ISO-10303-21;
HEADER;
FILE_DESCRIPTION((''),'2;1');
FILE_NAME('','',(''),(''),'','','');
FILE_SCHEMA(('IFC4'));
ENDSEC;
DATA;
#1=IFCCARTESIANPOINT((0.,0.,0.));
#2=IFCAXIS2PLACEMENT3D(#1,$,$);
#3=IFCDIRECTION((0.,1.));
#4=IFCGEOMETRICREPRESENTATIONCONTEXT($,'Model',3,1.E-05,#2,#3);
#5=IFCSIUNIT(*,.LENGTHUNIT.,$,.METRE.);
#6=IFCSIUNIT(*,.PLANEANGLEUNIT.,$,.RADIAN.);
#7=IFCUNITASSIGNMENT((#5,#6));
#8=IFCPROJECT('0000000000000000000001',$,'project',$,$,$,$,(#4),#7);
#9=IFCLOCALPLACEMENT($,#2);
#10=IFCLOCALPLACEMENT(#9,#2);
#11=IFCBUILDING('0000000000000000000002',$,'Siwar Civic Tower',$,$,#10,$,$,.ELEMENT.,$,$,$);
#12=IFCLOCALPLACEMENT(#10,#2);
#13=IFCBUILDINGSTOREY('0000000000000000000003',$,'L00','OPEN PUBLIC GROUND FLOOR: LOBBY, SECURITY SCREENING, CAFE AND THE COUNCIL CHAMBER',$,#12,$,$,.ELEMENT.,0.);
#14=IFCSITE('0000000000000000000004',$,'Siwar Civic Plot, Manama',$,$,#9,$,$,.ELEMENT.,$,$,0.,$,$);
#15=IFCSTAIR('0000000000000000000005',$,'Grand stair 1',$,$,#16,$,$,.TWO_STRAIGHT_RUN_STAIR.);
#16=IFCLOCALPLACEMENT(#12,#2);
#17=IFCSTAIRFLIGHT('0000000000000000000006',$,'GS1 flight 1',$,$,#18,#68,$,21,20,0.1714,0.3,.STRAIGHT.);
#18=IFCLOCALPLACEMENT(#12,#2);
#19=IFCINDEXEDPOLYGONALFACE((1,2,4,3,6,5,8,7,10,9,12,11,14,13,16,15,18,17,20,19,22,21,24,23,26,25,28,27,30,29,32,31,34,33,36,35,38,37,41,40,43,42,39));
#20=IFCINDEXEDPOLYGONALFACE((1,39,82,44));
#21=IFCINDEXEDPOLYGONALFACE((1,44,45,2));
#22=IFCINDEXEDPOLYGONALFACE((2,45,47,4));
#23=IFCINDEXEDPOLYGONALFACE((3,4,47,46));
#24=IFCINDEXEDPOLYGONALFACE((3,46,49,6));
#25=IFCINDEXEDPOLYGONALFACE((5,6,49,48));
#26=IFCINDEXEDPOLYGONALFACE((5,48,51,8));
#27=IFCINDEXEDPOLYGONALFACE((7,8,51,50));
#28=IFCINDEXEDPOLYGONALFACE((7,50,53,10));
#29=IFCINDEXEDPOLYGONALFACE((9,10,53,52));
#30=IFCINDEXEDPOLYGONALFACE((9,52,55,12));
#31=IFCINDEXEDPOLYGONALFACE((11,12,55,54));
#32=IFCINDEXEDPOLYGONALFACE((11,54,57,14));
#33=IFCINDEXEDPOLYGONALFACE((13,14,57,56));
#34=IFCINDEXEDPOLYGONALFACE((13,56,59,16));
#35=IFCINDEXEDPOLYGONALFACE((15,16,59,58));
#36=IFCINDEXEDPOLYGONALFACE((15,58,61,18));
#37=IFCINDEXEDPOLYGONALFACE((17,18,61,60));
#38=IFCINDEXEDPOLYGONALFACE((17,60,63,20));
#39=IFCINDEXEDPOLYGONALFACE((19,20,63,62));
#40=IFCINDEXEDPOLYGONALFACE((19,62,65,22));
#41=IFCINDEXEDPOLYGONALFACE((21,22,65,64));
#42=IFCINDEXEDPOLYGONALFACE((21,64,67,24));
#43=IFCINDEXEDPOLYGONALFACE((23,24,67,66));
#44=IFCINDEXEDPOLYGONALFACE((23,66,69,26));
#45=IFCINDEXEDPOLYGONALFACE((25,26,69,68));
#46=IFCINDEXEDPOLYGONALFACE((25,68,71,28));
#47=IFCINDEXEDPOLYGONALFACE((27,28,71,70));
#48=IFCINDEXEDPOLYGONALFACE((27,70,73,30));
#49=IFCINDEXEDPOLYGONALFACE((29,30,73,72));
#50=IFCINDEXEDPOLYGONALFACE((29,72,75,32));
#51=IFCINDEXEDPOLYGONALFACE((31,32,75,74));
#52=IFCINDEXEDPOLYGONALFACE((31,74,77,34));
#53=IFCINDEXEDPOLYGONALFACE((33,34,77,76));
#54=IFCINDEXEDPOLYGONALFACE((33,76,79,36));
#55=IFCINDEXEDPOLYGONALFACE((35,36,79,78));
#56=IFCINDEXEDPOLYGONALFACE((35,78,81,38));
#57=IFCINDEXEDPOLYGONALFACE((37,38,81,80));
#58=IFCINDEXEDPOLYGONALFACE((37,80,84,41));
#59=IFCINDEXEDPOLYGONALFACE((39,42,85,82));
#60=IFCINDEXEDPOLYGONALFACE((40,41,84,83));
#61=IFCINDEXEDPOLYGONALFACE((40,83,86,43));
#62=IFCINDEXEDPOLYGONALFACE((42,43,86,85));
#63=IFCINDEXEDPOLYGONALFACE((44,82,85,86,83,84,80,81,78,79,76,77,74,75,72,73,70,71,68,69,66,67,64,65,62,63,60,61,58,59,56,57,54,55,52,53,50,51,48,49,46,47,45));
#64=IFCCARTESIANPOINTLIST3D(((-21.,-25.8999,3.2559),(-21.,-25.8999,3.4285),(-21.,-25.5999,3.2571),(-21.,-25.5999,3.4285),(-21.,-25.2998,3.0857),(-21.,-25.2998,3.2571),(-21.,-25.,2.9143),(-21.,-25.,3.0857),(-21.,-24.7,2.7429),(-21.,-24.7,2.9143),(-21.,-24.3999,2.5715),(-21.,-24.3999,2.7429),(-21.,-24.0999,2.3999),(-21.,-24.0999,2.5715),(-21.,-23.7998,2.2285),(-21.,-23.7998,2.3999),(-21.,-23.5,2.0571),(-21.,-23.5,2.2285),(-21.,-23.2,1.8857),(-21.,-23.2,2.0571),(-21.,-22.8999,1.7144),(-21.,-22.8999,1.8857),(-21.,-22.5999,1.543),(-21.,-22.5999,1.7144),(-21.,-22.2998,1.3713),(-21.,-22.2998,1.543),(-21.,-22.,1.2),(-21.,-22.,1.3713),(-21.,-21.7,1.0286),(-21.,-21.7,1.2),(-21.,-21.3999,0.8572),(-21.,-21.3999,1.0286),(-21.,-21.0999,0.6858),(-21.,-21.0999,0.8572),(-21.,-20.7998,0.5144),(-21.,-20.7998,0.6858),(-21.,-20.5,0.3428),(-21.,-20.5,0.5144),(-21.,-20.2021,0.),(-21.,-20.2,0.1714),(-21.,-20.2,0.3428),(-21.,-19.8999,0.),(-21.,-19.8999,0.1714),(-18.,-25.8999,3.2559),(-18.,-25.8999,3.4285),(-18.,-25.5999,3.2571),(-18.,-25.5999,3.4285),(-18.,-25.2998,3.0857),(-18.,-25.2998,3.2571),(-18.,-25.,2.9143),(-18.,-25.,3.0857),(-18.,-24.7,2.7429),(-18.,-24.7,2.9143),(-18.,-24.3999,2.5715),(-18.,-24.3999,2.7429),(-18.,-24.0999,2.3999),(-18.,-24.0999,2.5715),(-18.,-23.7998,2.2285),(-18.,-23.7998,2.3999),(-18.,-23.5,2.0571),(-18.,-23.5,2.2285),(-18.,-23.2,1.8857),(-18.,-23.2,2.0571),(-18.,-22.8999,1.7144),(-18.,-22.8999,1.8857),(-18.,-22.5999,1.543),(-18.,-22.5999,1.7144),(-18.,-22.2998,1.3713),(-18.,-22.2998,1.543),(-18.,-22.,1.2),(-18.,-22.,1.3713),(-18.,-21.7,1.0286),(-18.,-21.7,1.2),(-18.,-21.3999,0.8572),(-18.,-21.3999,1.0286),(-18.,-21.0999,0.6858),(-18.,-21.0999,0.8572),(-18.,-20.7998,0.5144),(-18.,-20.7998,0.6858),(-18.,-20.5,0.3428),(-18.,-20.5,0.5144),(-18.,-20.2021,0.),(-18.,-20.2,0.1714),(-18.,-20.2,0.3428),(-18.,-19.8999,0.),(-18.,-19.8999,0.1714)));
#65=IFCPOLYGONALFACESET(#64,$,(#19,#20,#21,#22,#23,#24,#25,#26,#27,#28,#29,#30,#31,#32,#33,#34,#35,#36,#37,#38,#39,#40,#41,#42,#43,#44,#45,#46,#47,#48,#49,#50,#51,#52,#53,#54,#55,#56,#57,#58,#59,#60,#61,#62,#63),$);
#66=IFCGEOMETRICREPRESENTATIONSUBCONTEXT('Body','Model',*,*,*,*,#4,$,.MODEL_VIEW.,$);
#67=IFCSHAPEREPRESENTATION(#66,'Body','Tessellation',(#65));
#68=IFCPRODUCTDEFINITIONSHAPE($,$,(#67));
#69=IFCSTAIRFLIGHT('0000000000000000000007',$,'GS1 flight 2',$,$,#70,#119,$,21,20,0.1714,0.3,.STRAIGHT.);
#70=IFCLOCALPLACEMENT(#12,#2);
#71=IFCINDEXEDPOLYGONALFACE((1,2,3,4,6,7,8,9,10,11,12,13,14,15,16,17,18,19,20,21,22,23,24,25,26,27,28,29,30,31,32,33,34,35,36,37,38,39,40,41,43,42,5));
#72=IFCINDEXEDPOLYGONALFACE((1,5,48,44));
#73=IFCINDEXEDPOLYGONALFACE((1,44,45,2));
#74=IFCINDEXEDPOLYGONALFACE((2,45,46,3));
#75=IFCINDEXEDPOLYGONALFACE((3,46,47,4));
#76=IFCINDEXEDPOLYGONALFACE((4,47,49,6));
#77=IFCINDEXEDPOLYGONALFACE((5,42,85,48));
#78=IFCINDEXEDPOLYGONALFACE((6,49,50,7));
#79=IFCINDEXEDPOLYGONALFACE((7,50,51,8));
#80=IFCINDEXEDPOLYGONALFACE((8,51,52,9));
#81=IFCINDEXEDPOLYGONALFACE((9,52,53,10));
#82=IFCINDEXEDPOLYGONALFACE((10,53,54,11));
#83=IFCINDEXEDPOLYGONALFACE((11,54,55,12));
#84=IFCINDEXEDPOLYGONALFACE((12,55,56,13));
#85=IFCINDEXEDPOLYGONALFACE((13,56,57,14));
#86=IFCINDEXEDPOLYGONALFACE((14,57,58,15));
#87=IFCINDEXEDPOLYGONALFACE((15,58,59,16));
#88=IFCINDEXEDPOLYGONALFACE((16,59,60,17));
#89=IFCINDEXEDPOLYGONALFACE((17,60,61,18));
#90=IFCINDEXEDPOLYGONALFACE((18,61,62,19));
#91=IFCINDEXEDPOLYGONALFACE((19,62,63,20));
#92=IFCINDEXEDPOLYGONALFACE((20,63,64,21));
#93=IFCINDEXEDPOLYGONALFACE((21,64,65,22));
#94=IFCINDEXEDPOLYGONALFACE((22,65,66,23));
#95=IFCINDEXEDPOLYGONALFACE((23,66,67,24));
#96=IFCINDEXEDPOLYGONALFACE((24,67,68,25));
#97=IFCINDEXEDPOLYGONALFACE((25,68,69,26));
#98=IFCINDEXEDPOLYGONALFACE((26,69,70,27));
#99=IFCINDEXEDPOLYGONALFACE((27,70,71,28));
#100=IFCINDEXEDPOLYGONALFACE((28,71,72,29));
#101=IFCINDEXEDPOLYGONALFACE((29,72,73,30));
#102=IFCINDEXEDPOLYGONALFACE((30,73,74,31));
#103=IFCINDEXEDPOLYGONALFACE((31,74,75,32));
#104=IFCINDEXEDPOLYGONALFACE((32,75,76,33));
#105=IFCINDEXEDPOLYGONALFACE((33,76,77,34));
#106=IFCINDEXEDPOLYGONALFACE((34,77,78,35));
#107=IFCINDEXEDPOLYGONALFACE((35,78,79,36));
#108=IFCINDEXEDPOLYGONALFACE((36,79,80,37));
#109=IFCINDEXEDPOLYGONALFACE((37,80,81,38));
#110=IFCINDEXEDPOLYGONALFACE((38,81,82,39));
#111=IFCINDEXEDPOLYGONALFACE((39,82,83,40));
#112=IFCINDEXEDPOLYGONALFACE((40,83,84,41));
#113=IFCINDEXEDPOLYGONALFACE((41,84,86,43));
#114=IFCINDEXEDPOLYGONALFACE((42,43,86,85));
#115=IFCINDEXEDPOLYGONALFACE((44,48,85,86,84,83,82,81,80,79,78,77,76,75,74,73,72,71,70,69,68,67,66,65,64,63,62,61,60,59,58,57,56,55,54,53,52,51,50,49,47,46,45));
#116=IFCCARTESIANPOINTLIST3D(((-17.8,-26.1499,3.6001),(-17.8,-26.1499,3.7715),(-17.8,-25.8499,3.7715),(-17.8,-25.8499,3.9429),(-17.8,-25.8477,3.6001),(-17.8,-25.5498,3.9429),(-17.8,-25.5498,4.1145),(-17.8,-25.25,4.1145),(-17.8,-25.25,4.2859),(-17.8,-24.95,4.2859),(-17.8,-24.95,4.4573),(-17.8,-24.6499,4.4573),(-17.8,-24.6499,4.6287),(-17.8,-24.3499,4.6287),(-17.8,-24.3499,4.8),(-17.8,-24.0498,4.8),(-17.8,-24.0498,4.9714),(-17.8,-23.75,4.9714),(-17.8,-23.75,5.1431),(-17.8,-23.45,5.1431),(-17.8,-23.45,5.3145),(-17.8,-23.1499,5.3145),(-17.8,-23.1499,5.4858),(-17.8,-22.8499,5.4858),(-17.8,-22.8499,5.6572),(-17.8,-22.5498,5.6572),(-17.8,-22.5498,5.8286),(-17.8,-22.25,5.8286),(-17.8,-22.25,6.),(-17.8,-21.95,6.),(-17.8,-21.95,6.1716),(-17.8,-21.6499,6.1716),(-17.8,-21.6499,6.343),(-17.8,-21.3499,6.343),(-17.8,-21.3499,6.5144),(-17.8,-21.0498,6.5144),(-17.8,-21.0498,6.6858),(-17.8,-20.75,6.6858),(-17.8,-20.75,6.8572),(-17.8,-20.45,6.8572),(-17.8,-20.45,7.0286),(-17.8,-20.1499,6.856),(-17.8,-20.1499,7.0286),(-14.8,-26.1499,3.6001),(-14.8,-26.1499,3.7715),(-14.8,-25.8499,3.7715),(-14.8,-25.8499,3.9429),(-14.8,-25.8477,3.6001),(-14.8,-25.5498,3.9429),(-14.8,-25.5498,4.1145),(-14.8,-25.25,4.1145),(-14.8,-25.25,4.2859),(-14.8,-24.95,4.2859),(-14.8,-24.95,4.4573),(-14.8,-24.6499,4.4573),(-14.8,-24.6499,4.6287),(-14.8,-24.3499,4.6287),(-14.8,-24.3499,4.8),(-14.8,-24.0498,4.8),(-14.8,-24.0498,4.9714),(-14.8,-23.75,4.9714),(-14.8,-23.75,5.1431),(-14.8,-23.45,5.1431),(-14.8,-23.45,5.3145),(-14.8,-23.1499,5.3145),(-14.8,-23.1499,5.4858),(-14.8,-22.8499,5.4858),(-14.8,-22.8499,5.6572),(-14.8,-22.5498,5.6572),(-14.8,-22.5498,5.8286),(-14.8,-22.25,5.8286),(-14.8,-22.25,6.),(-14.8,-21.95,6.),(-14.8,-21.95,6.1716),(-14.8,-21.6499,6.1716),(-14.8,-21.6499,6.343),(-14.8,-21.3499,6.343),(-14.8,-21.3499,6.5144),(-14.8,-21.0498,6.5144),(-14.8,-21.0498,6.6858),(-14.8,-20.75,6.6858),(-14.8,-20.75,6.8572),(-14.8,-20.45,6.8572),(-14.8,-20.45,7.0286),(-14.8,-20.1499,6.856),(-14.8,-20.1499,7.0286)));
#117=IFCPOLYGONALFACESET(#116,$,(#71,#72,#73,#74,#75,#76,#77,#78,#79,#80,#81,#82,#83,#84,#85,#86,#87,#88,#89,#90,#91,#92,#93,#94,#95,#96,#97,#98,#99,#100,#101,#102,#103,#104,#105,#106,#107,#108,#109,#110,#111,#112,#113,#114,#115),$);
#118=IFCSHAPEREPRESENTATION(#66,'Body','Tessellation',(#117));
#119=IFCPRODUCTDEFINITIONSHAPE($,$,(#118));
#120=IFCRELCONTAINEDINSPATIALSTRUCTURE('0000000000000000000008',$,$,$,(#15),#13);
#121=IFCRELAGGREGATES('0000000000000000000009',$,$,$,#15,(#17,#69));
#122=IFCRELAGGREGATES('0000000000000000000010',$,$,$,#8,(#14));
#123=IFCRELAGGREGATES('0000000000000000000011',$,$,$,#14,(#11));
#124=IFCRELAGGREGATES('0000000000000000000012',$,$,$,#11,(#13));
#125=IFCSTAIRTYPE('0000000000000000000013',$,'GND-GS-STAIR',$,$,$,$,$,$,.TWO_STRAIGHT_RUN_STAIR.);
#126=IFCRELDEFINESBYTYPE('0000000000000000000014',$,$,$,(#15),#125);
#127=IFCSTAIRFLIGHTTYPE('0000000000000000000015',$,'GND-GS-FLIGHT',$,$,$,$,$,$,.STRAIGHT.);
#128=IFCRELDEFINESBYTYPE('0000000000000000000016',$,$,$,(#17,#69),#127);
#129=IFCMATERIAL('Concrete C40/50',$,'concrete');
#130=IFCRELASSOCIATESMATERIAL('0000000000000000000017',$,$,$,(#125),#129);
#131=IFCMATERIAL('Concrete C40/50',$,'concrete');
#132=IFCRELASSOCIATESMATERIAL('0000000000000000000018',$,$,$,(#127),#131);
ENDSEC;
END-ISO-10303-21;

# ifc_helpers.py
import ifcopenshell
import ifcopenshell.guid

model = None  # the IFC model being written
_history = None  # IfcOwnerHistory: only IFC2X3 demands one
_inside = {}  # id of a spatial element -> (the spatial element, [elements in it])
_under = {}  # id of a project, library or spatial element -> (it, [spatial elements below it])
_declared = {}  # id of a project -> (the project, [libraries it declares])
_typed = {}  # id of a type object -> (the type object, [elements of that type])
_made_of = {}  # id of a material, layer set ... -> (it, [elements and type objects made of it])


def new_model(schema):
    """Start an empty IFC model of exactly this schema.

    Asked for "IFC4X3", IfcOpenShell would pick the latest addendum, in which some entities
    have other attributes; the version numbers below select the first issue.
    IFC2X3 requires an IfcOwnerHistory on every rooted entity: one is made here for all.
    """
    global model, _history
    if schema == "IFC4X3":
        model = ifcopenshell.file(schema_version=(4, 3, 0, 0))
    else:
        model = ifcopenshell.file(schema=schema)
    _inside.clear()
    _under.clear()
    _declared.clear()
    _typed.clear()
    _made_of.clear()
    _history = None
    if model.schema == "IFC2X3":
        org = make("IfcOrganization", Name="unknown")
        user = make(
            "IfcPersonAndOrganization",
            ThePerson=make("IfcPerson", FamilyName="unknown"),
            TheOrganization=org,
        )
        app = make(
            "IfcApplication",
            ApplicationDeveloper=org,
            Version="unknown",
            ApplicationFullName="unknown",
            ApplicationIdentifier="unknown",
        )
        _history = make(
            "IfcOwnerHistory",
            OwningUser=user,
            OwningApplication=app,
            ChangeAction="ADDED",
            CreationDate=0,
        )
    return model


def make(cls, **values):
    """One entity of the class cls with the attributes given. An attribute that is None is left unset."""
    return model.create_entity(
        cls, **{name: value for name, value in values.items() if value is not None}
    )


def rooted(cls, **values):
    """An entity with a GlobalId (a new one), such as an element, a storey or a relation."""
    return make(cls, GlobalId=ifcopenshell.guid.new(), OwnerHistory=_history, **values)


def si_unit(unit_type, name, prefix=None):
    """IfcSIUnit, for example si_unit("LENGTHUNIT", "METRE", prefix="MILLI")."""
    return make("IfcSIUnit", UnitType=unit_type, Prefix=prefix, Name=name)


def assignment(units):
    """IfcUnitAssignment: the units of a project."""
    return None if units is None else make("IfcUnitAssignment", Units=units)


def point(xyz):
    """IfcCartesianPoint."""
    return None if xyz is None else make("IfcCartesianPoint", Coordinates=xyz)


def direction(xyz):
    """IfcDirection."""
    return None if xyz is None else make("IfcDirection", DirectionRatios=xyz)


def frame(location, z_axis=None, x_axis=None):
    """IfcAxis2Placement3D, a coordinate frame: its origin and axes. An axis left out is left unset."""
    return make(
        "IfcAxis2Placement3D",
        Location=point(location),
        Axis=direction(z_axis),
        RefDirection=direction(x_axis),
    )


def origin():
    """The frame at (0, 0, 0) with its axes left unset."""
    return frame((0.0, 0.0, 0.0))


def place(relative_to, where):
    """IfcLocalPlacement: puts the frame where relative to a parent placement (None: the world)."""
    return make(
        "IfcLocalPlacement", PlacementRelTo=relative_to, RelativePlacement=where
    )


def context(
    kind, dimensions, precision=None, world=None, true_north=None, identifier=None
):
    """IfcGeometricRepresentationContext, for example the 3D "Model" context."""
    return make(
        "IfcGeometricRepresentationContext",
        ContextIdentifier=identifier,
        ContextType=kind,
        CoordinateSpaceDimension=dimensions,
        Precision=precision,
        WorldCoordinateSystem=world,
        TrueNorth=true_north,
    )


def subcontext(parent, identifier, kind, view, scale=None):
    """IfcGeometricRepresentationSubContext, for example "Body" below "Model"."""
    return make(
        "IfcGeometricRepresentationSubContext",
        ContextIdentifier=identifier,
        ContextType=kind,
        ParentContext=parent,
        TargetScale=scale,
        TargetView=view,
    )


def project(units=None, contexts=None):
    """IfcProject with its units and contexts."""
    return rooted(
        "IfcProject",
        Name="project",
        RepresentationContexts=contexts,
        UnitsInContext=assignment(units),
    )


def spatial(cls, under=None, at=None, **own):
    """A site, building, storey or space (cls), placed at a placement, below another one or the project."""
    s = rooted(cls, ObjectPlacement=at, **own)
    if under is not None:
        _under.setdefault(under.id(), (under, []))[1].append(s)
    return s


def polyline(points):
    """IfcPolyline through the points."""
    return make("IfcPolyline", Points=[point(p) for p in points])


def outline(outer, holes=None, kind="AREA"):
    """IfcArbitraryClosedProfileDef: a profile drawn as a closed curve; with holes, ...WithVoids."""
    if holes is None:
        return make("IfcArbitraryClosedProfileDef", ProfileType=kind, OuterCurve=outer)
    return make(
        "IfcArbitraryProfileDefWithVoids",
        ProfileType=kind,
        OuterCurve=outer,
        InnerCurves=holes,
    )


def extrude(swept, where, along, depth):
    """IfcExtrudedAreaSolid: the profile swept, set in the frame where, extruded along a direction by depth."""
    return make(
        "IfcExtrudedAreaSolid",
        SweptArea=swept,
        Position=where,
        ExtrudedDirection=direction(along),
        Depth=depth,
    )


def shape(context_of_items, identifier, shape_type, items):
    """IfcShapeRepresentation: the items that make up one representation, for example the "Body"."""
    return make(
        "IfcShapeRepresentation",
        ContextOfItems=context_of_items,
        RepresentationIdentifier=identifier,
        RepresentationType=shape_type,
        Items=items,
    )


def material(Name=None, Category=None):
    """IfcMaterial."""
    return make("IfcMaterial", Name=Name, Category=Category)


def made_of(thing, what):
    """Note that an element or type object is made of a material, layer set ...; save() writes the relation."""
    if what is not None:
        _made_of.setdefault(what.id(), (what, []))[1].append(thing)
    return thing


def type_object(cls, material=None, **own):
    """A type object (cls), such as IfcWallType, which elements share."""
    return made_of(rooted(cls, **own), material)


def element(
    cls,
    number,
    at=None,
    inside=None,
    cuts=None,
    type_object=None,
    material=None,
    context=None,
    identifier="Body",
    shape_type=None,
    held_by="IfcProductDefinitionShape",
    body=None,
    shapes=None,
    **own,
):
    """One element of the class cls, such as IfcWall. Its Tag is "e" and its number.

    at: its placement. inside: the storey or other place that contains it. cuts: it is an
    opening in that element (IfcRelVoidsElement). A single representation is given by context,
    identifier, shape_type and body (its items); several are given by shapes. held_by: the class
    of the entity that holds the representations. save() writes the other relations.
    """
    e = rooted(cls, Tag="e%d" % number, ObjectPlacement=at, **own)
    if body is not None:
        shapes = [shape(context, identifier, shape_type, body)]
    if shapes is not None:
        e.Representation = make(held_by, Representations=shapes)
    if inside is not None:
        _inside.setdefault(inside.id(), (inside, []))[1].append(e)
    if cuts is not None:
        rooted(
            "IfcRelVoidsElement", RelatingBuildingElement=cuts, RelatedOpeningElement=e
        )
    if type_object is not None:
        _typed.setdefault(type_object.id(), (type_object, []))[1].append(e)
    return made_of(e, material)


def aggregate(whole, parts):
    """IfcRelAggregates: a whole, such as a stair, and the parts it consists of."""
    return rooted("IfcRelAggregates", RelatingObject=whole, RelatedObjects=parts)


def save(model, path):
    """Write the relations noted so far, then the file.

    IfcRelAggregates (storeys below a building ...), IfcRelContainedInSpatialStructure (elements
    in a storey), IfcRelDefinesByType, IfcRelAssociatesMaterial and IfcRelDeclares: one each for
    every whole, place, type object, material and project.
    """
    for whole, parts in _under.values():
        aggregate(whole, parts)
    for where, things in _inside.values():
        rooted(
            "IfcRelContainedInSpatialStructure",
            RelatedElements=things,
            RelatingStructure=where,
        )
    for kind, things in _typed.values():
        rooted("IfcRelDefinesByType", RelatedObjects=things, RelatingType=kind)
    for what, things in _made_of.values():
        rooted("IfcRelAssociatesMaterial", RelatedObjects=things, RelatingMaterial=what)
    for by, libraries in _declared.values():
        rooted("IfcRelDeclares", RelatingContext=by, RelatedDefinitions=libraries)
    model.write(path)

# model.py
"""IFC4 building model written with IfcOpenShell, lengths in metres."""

from ifc_helpers import new_model, si_unit, direction, frame, origin, place, context, subcontext, project, spatial, polyline, outline, extrude, material, type_object, element, aggregate, save


model = new_model("IFC4")

# Units and contexts
model_context = context("Model", 3, precision=1e-05, world=origin(), true_north=direction((0.0, 1.0)))
body_context = subcontext(model_context, "Body", "Model", "MODEL_VIEW")
ifc_project = project(units=[si_unit("LENGTHUNIT", "METRE"), si_unit("PLANEANGLEUNIT", "RADIAN")], contexts=[model_context])

# Site, building, storey
site_placement = place(None, origin())
site = spatial("IfcSite", under=ifc_project, at=site_placement, Name="Siwar Civic Plot, Manama", CompositionType="ELEMENT", RefElevation=0.0)
building_placement = place(site_placement, origin())
building = spatial("IfcBuilding", under=site, at=building_placement, Name="Siwar Civic Tower", CompositionType="ELEMENT")
storey_placement = place(building_placement, origin())
storey = spatial("IfcBuildingStorey", under=building, at=storey_placement, Name="L00", Description="OPEN PUBLIC GROUND FLOOR: LOBBY, SECURITY SCREENING, CAFE AND THE COUNCIL CHAMBER", CompositionType="ELEMENT", Elevation=0.0)

# Stair, stair flights
ifc_material_1 = material(Name="Concrete C40/50", Category="concrete")
stair_type = type_object("IfcStairType", Name="GND-GS-STAIR", PredefinedType="TWO_STRAIGHT_RUN_STAIR", material=ifc_material_1)
stair_placement = place(storey_placement, origin())
stair = element("IfcStair", 1, at=stair_placement, inside=storey, type_object=stair_type, Name="Grand stair 1", PredefinedType="TWO_STRAIGHT_RUN_STAIR")
ifc_material_2 = material(Name="Concrete C40/50", Category="concrete")
stair_flight_type = type_object("IfcStairFlightType", Name="GND-GS-FLIGHT", PredefinedType="STRAIGHT", material=ifc_material_2)
stair_flight_1_placement = place(storey_placement, frame((-19.5, -19.8999, 0.0), z_axis=(0.0, 0.0, 1.0), x_axis=(0.0, -1.0, 0.0)))
stair_flight_1 = element("IfcStairFlight", 2, at=stair_flight_1_placement, type_object=stair_flight_type, Name="GS1 flight 1", NumberOfRisers=21, NumberOfTreads=20, PredefinedType="STRAIGHT", RiserHeight=0.1714, TreadLength=0.3, context=body_context, shape_type="SweptSolid", body=[
    extrude(outline(polyline([(0.0, 0.0), (0.0, 0.1714), (0.3, 0.1714), (0.3, 0.3428), (0.6001, 0.3428), (0.6001, 0.5144), (0.8999, 0.5144), (0.8999, 0.6858), (1.2, 0.6858), (1.2, 0.8572), (1.5, 0.8572), (1.5, 1.0286), (1.8, 1.0286), (1.8, 1.2), (2.1001, 1.2), (2.1001, 1.3713), (2.3999, 1.3713), (2.3999, 1.543), (2.7, 1.543), (2.7, 1.7144), (3.0, 1.7144), (3.0, 1.8857), (3.3, 1.8857), (3.3, 2.0571), (3.6001, 2.0571), (3.6001, 2.2285), (3.8999, 2.2285), (3.8999, 2.3999), (4.2, 2.3999), (4.2, 2.5715), (4.5, 2.5715), (4.5, 2.7429), (4.8, 2.7429), (4.8, 2.9143), (5.1001, 2.9143), (5.1001, 3.0857), (5.3999, 3.0857), (5.3999, 3.2571), (5.7, 3.2571), (5.7, 3.4285), (6.0, 3.4285), (6.0, 3.6001), (6.0, 3.2559), (0.3022, 0.0), (0.0, 0.0)])), frame((0.0, 1.5, 0.0), z_axis=(0.0, -1.0, 0.0), x_axis=(1.0, 0.0, 0.0)), (0.0, 0.0, 1.0), 3.0),
])
stair_flight_2_placement = place(storey_placement, frame((-16.3, -26.1499, 3.6001), z_axis=(0.0, 0.0, 1.0), x_axis=(0.0, 1.0, 0.0)))
stair_flight_2 = element("IfcStairFlight", 3, at=stair_flight_2_placement, type_object=stair_flight_type, Name="GS1 flight 2", NumberOfRisers=21, NumberOfTreads=20, PredefinedType="STRAIGHT", RiserHeight=0.1714, TreadLength=0.3, context=body_context, shape_type="SweptSolid", body=[
    extrude(outline(polyline([(0.0, 0.0), (0.0, 0.1714), (0.3, 0.1714), (0.3, 0.3428), (0.6001, 0.3428), (0.6001, 0.5144), (0.8999, 0.5144), (0.8999, 0.6858), (1.2, 0.6858), (1.2, 0.8572), (1.5, 0.8572), (1.5, 1.0286), (1.8, 1.0286), (1.8, 1.2), (2.1001, 1.2), (2.1001, 1.3713), (2.3999, 1.3713), (2.3999, 1.543), (2.7, 1.543), (2.7, 1.7144), (3.0, 1.7144), (3.0, 1.8857), (3.3, 1.8857), (3.3, 2.0571), (3.6001, 2.0571), (3.6001, 2.2285), (3.8999, 2.2285), (3.8999, 2.3999), (4.2, 2.3999), (4.2, 2.5715), (4.5, 2.5715), (4.5, 2.7429), (4.8, 2.7429), (4.8, 2.9143), (5.1001, 2.9143), (5.1001, 3.0857), (5.3999, 3.0857), (5.3999, 3.2571), (5.7, 3.2571), (5.7, 3.4285), (6.0, 3.4285), (6.0, 3.6001), (6.0, 3.2559), (0.3022, 0.0), (0.0, 0.0)])), frame((0.0, 1.5, 0.0), z_axis=(0.0, -1.0, 0.0), x_axis=(1.0, 0.0, 0.0)), (0.0, 0.0, 1.0), 3.0),
])
aggregate(stair, [stair_flight_1, stair_flight_2])

save(model, "model.ifc")
